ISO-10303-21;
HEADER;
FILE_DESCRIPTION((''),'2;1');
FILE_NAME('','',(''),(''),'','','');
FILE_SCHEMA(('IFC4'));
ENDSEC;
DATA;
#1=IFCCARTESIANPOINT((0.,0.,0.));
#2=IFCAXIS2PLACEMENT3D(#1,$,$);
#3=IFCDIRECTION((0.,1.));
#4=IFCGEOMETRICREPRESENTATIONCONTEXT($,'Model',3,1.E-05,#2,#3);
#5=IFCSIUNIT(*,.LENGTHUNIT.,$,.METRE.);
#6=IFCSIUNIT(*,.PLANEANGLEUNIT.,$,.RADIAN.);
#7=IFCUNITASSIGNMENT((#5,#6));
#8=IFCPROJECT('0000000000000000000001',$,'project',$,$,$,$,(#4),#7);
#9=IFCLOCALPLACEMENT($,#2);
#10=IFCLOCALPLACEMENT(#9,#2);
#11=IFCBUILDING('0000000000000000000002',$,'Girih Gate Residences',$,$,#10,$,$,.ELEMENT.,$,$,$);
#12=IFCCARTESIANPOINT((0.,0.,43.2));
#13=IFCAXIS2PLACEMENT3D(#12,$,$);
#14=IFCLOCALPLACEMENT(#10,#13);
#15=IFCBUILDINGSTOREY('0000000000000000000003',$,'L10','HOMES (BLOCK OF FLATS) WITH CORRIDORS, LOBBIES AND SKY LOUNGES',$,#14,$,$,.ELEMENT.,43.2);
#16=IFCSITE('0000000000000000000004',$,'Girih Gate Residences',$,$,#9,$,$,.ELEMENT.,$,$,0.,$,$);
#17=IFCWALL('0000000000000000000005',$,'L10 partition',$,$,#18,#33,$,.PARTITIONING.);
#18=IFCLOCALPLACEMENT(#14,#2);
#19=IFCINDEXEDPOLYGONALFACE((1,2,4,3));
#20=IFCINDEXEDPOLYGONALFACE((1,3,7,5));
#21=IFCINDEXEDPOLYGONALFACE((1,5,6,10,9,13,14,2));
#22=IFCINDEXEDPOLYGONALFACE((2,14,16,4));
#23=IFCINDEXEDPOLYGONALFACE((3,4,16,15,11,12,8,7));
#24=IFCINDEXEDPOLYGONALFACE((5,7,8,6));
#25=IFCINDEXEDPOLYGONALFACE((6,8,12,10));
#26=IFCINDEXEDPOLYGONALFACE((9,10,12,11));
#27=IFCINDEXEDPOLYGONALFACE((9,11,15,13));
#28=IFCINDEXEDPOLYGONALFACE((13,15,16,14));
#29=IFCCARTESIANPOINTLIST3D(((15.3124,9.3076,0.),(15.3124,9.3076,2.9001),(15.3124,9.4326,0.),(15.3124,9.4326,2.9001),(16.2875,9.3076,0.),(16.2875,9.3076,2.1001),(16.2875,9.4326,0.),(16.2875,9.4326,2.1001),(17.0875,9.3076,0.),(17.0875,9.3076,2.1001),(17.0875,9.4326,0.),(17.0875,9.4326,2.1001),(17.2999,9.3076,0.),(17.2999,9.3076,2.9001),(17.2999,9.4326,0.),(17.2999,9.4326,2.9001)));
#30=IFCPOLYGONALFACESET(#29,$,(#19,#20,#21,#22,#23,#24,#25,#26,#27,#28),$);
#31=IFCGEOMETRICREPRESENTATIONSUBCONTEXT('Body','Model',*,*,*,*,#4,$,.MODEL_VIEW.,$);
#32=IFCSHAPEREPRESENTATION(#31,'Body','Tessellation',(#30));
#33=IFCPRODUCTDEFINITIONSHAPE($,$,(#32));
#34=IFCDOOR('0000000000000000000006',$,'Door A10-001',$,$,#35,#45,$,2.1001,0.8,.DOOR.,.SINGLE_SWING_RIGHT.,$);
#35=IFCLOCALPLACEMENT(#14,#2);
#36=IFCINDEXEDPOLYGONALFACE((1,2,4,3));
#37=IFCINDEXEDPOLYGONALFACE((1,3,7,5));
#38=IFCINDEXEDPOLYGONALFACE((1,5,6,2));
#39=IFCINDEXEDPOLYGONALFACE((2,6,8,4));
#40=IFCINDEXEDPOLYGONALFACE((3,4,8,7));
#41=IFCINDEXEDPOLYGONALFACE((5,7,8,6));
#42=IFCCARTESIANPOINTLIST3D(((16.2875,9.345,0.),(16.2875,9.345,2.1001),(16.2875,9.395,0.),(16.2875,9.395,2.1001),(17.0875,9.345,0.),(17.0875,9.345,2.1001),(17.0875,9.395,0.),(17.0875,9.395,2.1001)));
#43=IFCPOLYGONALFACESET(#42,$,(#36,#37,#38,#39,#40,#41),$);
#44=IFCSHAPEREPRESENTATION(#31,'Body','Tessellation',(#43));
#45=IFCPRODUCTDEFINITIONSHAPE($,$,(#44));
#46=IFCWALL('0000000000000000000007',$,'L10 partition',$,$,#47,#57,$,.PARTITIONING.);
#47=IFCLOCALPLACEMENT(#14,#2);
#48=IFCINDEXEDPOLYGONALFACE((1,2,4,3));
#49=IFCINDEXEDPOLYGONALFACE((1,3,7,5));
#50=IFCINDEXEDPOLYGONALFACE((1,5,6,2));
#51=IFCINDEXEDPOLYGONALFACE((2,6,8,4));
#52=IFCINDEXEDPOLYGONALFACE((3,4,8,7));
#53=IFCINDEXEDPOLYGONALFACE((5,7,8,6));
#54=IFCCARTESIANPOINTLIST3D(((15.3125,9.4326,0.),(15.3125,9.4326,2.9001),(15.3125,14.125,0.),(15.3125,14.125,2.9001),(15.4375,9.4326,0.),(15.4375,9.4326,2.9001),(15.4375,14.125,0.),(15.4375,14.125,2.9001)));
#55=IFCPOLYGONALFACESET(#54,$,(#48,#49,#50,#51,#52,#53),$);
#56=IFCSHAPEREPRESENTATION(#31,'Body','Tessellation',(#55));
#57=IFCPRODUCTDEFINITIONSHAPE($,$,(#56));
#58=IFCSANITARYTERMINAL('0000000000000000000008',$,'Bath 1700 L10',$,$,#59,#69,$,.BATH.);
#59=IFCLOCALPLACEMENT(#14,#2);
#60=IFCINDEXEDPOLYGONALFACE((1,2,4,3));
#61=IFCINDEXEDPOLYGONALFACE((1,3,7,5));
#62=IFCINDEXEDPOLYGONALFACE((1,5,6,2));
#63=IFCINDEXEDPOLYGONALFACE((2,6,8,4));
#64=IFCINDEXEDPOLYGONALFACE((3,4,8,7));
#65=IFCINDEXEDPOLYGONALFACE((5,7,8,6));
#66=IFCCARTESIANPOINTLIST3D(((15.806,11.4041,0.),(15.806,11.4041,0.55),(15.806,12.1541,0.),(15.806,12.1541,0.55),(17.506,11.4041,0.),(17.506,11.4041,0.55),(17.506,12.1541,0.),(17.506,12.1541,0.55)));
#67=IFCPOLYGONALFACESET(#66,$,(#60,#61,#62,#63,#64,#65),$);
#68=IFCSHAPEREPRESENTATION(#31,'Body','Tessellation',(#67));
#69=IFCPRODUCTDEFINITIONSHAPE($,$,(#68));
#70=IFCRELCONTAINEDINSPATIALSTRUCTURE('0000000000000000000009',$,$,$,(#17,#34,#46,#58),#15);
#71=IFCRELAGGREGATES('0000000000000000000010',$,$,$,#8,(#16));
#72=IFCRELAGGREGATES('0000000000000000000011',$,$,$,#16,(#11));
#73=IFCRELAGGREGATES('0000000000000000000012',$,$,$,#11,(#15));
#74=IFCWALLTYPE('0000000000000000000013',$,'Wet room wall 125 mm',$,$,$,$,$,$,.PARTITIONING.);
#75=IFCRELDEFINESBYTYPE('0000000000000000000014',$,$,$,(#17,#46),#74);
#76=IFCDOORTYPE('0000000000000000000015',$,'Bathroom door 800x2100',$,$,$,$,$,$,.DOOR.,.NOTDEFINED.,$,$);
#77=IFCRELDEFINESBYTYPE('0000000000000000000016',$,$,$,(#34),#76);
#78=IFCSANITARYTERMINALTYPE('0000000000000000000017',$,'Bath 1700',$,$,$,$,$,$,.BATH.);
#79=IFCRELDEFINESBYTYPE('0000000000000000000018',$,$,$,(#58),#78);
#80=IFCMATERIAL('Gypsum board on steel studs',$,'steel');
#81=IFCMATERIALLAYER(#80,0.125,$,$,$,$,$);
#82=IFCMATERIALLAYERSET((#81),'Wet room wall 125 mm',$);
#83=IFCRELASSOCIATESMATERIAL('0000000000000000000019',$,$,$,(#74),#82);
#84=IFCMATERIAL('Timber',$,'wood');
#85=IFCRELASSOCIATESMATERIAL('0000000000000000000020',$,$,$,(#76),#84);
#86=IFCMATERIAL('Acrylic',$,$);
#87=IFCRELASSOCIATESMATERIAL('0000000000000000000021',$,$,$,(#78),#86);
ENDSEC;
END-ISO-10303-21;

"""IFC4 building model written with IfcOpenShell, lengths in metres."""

from ifc_helpers import new_model, si_unit, direction, frame, frame_2d, origin, origin_2d, place, context, subcontext, project, spatial, rectangle, extrude, material, layer, layer_set, type_object, element, fill, save


model = new_model("IFC4")

# Units and contexts
model_context = context("Model", 3, precision=1e-05, world=origin(), true_north=direction((0.0, 1.0)))
body_context = subcontext(model_context, "Body", "Model", "MODEL_VIEW")
ifc_project = project(units=[si_unit("LENGTHUNIT", "METRE"), si_unit("PLANEANGLEUNIT", "RADIAN")], contexts=[model_context])

# Site, building, storey
site_placement = place(None, origin())
site = spatial("IfcSite", under=ifc_project, at=site_placement, Name="Girih Gate Residences", CompositionType="ELEMENT", RefElevation=0.0)
building_placement = place(site_placement, origin())
building = spatial("IfcBuilding", under=site, at=building_placement, Name="Girih Gate Residences", CompositionType="ELEMENT")
storey_placement = place(building_placement, frame((0.0, 0.0, 43.2)))
storey = spatial("IfcBuildingStorey", under=building, at=storey_placement, Name="L10", Description="HOMES (BLOCK OF FLATS) WITH CORRIDORS, LOBBIES AND SKY LOUNGES", CompositionType="ELEMENT", Elevation=43.2)

# Shared definitions
ifc_material_1 = material(Name="Gypsum board on steel studs", Category="steel")

# Shared definitions
ifc_material_2 = material(Name="Timber", Category="wood")

# Wall, opening, door
ifc_layer_1 = layer(ifc_material_1, 0.125)
ifc_layer_set_1 = layer_set([ifc_layer_1], Name="Wet room wall 125 mm")
wall_type_1 = type_object("IfcWallType", Name="Wet room wall 125 mm", PredefinedType="PARTITIONING", material=ifc_layer_set_1)
wall_1_placement = place(storey_placement, frame((15.3125, 9.3701, 0.0), z_axis=(0.0, 0.0, 1.0), x_axis=(1.0, 0.0, 0.0)))
wall_1 = element("IfcWall", 1, at=wall_1_placement, inside=storey, type_object=wall_type_1, Name="L10 partition", PredefinedType="PARTITIONING", context=body_context, shape_type="SweptSolid", body=[
    extrude(rectangle(XDim=1.9875, YDim=0.125, at=frame_2d((0.9937, 0.0))), origin(), (0.0, 0.0, 1.0), 2.9001),
])
opening_1_placement = place(wall_1_placement, frame((0.9751, 0.0, 0.0)))
opening_1 = element("IfcOpeningElement", 2, at=opening_1_placement, cuts=wall_1, PredefinedType="OPENING", context=body_context, shape_type="SweptSolid", body=[
    extrude(rectangle(XDim=0.8, YDim=2.1001, at=frame_2d((0.3999, 1.05))), frame((0.0, 0.0725, 0.0), z_axis=(0.0, -1.0, 0.0), x_axis=(1.0, 0.0, 0.0)), (0.0, 0.0, 1.0), 0.145),
])
door_type_1 = type_object("IfcDoorType", Name="Bathroom door 800x2100", OperationType="NOTDEFINED", PredefinedType="DOOR", material=ifc_material_2)
door_1_placement = place(opening_1_placement, origin())
door_1 = element("IfcDoor", 3, at=door_1_placement, inside=storey, type_object=door_type_1, Name="Door A10-001", OperationType="SINGLE_SWING_RIGHT", OverallHeight=2.1001, OverallWidth=0.8, PredefinedType="DOOR", context=body_context, shape_type="SweptSolid", body=[
    extrude(rectangle(XDim=0.8, YDim=2.1001, at=frame_2d((0.3999, 1.05))), frame((0.0, 0.0249, 0.0), z_axis=(0.0, -1.0, 0.0), x_axis=(1.0, 0.0, 0.0)), (0.0, 0.0, 1.0), 0.05),
])
fill(opening_1, door_1)

# Wall
wall_2_placement = place(storey_placement, frame((15.375, 9.4326, 0.0), z_axis=(0.0, 0.0, 1.0), x_axis=(0.0, 1.0, 0.0)))
element("IfcWall", 4, at=wall_2_placement, inside=storey, type_object=wall_type_1, Name="L10 partition", PredefinedType="PARTITIONING", context=body_context, shape_type="SweptSolid", body=[
    extrude(rectangle(XDim=4.6924, YDim=0.125, at=frame_2d((2.3462, 0.0))), origin(), (0.0, 0.0, 1.0), 2.9001),
])

# Sanitary terminal
ifc_material_3 = material(Name="Acrylic")
sanitary_terminal_type = type_object("IfcSanitaryTerminalType", Name="Bath 1700", PredefinedType="BATH", material=ifc_material_3)
sanitary_terminal_placement = place(storey_placement, frame((16.656, 11.7791, 0.0), z_axis=(0.0, 0.0, 1.0), x_axis=(1.0, 0.0, 0.0)))
element("IfcSanitaryTerminal", 5, at=sanitary_terminal_placement, inside=storey, type_object=sanitary_terminal_type, Name="Bath 1700 L10", PredefinedType="BATH", context=body_context, shape_type="SweptSolid", body=[
    extrude(rectangle(XDim=1.7, YDim=0.75, at=origin_2d()), origin(), (0.0, 0.0, 1.0), 0.55),
])

save(model, "model.ifc")
